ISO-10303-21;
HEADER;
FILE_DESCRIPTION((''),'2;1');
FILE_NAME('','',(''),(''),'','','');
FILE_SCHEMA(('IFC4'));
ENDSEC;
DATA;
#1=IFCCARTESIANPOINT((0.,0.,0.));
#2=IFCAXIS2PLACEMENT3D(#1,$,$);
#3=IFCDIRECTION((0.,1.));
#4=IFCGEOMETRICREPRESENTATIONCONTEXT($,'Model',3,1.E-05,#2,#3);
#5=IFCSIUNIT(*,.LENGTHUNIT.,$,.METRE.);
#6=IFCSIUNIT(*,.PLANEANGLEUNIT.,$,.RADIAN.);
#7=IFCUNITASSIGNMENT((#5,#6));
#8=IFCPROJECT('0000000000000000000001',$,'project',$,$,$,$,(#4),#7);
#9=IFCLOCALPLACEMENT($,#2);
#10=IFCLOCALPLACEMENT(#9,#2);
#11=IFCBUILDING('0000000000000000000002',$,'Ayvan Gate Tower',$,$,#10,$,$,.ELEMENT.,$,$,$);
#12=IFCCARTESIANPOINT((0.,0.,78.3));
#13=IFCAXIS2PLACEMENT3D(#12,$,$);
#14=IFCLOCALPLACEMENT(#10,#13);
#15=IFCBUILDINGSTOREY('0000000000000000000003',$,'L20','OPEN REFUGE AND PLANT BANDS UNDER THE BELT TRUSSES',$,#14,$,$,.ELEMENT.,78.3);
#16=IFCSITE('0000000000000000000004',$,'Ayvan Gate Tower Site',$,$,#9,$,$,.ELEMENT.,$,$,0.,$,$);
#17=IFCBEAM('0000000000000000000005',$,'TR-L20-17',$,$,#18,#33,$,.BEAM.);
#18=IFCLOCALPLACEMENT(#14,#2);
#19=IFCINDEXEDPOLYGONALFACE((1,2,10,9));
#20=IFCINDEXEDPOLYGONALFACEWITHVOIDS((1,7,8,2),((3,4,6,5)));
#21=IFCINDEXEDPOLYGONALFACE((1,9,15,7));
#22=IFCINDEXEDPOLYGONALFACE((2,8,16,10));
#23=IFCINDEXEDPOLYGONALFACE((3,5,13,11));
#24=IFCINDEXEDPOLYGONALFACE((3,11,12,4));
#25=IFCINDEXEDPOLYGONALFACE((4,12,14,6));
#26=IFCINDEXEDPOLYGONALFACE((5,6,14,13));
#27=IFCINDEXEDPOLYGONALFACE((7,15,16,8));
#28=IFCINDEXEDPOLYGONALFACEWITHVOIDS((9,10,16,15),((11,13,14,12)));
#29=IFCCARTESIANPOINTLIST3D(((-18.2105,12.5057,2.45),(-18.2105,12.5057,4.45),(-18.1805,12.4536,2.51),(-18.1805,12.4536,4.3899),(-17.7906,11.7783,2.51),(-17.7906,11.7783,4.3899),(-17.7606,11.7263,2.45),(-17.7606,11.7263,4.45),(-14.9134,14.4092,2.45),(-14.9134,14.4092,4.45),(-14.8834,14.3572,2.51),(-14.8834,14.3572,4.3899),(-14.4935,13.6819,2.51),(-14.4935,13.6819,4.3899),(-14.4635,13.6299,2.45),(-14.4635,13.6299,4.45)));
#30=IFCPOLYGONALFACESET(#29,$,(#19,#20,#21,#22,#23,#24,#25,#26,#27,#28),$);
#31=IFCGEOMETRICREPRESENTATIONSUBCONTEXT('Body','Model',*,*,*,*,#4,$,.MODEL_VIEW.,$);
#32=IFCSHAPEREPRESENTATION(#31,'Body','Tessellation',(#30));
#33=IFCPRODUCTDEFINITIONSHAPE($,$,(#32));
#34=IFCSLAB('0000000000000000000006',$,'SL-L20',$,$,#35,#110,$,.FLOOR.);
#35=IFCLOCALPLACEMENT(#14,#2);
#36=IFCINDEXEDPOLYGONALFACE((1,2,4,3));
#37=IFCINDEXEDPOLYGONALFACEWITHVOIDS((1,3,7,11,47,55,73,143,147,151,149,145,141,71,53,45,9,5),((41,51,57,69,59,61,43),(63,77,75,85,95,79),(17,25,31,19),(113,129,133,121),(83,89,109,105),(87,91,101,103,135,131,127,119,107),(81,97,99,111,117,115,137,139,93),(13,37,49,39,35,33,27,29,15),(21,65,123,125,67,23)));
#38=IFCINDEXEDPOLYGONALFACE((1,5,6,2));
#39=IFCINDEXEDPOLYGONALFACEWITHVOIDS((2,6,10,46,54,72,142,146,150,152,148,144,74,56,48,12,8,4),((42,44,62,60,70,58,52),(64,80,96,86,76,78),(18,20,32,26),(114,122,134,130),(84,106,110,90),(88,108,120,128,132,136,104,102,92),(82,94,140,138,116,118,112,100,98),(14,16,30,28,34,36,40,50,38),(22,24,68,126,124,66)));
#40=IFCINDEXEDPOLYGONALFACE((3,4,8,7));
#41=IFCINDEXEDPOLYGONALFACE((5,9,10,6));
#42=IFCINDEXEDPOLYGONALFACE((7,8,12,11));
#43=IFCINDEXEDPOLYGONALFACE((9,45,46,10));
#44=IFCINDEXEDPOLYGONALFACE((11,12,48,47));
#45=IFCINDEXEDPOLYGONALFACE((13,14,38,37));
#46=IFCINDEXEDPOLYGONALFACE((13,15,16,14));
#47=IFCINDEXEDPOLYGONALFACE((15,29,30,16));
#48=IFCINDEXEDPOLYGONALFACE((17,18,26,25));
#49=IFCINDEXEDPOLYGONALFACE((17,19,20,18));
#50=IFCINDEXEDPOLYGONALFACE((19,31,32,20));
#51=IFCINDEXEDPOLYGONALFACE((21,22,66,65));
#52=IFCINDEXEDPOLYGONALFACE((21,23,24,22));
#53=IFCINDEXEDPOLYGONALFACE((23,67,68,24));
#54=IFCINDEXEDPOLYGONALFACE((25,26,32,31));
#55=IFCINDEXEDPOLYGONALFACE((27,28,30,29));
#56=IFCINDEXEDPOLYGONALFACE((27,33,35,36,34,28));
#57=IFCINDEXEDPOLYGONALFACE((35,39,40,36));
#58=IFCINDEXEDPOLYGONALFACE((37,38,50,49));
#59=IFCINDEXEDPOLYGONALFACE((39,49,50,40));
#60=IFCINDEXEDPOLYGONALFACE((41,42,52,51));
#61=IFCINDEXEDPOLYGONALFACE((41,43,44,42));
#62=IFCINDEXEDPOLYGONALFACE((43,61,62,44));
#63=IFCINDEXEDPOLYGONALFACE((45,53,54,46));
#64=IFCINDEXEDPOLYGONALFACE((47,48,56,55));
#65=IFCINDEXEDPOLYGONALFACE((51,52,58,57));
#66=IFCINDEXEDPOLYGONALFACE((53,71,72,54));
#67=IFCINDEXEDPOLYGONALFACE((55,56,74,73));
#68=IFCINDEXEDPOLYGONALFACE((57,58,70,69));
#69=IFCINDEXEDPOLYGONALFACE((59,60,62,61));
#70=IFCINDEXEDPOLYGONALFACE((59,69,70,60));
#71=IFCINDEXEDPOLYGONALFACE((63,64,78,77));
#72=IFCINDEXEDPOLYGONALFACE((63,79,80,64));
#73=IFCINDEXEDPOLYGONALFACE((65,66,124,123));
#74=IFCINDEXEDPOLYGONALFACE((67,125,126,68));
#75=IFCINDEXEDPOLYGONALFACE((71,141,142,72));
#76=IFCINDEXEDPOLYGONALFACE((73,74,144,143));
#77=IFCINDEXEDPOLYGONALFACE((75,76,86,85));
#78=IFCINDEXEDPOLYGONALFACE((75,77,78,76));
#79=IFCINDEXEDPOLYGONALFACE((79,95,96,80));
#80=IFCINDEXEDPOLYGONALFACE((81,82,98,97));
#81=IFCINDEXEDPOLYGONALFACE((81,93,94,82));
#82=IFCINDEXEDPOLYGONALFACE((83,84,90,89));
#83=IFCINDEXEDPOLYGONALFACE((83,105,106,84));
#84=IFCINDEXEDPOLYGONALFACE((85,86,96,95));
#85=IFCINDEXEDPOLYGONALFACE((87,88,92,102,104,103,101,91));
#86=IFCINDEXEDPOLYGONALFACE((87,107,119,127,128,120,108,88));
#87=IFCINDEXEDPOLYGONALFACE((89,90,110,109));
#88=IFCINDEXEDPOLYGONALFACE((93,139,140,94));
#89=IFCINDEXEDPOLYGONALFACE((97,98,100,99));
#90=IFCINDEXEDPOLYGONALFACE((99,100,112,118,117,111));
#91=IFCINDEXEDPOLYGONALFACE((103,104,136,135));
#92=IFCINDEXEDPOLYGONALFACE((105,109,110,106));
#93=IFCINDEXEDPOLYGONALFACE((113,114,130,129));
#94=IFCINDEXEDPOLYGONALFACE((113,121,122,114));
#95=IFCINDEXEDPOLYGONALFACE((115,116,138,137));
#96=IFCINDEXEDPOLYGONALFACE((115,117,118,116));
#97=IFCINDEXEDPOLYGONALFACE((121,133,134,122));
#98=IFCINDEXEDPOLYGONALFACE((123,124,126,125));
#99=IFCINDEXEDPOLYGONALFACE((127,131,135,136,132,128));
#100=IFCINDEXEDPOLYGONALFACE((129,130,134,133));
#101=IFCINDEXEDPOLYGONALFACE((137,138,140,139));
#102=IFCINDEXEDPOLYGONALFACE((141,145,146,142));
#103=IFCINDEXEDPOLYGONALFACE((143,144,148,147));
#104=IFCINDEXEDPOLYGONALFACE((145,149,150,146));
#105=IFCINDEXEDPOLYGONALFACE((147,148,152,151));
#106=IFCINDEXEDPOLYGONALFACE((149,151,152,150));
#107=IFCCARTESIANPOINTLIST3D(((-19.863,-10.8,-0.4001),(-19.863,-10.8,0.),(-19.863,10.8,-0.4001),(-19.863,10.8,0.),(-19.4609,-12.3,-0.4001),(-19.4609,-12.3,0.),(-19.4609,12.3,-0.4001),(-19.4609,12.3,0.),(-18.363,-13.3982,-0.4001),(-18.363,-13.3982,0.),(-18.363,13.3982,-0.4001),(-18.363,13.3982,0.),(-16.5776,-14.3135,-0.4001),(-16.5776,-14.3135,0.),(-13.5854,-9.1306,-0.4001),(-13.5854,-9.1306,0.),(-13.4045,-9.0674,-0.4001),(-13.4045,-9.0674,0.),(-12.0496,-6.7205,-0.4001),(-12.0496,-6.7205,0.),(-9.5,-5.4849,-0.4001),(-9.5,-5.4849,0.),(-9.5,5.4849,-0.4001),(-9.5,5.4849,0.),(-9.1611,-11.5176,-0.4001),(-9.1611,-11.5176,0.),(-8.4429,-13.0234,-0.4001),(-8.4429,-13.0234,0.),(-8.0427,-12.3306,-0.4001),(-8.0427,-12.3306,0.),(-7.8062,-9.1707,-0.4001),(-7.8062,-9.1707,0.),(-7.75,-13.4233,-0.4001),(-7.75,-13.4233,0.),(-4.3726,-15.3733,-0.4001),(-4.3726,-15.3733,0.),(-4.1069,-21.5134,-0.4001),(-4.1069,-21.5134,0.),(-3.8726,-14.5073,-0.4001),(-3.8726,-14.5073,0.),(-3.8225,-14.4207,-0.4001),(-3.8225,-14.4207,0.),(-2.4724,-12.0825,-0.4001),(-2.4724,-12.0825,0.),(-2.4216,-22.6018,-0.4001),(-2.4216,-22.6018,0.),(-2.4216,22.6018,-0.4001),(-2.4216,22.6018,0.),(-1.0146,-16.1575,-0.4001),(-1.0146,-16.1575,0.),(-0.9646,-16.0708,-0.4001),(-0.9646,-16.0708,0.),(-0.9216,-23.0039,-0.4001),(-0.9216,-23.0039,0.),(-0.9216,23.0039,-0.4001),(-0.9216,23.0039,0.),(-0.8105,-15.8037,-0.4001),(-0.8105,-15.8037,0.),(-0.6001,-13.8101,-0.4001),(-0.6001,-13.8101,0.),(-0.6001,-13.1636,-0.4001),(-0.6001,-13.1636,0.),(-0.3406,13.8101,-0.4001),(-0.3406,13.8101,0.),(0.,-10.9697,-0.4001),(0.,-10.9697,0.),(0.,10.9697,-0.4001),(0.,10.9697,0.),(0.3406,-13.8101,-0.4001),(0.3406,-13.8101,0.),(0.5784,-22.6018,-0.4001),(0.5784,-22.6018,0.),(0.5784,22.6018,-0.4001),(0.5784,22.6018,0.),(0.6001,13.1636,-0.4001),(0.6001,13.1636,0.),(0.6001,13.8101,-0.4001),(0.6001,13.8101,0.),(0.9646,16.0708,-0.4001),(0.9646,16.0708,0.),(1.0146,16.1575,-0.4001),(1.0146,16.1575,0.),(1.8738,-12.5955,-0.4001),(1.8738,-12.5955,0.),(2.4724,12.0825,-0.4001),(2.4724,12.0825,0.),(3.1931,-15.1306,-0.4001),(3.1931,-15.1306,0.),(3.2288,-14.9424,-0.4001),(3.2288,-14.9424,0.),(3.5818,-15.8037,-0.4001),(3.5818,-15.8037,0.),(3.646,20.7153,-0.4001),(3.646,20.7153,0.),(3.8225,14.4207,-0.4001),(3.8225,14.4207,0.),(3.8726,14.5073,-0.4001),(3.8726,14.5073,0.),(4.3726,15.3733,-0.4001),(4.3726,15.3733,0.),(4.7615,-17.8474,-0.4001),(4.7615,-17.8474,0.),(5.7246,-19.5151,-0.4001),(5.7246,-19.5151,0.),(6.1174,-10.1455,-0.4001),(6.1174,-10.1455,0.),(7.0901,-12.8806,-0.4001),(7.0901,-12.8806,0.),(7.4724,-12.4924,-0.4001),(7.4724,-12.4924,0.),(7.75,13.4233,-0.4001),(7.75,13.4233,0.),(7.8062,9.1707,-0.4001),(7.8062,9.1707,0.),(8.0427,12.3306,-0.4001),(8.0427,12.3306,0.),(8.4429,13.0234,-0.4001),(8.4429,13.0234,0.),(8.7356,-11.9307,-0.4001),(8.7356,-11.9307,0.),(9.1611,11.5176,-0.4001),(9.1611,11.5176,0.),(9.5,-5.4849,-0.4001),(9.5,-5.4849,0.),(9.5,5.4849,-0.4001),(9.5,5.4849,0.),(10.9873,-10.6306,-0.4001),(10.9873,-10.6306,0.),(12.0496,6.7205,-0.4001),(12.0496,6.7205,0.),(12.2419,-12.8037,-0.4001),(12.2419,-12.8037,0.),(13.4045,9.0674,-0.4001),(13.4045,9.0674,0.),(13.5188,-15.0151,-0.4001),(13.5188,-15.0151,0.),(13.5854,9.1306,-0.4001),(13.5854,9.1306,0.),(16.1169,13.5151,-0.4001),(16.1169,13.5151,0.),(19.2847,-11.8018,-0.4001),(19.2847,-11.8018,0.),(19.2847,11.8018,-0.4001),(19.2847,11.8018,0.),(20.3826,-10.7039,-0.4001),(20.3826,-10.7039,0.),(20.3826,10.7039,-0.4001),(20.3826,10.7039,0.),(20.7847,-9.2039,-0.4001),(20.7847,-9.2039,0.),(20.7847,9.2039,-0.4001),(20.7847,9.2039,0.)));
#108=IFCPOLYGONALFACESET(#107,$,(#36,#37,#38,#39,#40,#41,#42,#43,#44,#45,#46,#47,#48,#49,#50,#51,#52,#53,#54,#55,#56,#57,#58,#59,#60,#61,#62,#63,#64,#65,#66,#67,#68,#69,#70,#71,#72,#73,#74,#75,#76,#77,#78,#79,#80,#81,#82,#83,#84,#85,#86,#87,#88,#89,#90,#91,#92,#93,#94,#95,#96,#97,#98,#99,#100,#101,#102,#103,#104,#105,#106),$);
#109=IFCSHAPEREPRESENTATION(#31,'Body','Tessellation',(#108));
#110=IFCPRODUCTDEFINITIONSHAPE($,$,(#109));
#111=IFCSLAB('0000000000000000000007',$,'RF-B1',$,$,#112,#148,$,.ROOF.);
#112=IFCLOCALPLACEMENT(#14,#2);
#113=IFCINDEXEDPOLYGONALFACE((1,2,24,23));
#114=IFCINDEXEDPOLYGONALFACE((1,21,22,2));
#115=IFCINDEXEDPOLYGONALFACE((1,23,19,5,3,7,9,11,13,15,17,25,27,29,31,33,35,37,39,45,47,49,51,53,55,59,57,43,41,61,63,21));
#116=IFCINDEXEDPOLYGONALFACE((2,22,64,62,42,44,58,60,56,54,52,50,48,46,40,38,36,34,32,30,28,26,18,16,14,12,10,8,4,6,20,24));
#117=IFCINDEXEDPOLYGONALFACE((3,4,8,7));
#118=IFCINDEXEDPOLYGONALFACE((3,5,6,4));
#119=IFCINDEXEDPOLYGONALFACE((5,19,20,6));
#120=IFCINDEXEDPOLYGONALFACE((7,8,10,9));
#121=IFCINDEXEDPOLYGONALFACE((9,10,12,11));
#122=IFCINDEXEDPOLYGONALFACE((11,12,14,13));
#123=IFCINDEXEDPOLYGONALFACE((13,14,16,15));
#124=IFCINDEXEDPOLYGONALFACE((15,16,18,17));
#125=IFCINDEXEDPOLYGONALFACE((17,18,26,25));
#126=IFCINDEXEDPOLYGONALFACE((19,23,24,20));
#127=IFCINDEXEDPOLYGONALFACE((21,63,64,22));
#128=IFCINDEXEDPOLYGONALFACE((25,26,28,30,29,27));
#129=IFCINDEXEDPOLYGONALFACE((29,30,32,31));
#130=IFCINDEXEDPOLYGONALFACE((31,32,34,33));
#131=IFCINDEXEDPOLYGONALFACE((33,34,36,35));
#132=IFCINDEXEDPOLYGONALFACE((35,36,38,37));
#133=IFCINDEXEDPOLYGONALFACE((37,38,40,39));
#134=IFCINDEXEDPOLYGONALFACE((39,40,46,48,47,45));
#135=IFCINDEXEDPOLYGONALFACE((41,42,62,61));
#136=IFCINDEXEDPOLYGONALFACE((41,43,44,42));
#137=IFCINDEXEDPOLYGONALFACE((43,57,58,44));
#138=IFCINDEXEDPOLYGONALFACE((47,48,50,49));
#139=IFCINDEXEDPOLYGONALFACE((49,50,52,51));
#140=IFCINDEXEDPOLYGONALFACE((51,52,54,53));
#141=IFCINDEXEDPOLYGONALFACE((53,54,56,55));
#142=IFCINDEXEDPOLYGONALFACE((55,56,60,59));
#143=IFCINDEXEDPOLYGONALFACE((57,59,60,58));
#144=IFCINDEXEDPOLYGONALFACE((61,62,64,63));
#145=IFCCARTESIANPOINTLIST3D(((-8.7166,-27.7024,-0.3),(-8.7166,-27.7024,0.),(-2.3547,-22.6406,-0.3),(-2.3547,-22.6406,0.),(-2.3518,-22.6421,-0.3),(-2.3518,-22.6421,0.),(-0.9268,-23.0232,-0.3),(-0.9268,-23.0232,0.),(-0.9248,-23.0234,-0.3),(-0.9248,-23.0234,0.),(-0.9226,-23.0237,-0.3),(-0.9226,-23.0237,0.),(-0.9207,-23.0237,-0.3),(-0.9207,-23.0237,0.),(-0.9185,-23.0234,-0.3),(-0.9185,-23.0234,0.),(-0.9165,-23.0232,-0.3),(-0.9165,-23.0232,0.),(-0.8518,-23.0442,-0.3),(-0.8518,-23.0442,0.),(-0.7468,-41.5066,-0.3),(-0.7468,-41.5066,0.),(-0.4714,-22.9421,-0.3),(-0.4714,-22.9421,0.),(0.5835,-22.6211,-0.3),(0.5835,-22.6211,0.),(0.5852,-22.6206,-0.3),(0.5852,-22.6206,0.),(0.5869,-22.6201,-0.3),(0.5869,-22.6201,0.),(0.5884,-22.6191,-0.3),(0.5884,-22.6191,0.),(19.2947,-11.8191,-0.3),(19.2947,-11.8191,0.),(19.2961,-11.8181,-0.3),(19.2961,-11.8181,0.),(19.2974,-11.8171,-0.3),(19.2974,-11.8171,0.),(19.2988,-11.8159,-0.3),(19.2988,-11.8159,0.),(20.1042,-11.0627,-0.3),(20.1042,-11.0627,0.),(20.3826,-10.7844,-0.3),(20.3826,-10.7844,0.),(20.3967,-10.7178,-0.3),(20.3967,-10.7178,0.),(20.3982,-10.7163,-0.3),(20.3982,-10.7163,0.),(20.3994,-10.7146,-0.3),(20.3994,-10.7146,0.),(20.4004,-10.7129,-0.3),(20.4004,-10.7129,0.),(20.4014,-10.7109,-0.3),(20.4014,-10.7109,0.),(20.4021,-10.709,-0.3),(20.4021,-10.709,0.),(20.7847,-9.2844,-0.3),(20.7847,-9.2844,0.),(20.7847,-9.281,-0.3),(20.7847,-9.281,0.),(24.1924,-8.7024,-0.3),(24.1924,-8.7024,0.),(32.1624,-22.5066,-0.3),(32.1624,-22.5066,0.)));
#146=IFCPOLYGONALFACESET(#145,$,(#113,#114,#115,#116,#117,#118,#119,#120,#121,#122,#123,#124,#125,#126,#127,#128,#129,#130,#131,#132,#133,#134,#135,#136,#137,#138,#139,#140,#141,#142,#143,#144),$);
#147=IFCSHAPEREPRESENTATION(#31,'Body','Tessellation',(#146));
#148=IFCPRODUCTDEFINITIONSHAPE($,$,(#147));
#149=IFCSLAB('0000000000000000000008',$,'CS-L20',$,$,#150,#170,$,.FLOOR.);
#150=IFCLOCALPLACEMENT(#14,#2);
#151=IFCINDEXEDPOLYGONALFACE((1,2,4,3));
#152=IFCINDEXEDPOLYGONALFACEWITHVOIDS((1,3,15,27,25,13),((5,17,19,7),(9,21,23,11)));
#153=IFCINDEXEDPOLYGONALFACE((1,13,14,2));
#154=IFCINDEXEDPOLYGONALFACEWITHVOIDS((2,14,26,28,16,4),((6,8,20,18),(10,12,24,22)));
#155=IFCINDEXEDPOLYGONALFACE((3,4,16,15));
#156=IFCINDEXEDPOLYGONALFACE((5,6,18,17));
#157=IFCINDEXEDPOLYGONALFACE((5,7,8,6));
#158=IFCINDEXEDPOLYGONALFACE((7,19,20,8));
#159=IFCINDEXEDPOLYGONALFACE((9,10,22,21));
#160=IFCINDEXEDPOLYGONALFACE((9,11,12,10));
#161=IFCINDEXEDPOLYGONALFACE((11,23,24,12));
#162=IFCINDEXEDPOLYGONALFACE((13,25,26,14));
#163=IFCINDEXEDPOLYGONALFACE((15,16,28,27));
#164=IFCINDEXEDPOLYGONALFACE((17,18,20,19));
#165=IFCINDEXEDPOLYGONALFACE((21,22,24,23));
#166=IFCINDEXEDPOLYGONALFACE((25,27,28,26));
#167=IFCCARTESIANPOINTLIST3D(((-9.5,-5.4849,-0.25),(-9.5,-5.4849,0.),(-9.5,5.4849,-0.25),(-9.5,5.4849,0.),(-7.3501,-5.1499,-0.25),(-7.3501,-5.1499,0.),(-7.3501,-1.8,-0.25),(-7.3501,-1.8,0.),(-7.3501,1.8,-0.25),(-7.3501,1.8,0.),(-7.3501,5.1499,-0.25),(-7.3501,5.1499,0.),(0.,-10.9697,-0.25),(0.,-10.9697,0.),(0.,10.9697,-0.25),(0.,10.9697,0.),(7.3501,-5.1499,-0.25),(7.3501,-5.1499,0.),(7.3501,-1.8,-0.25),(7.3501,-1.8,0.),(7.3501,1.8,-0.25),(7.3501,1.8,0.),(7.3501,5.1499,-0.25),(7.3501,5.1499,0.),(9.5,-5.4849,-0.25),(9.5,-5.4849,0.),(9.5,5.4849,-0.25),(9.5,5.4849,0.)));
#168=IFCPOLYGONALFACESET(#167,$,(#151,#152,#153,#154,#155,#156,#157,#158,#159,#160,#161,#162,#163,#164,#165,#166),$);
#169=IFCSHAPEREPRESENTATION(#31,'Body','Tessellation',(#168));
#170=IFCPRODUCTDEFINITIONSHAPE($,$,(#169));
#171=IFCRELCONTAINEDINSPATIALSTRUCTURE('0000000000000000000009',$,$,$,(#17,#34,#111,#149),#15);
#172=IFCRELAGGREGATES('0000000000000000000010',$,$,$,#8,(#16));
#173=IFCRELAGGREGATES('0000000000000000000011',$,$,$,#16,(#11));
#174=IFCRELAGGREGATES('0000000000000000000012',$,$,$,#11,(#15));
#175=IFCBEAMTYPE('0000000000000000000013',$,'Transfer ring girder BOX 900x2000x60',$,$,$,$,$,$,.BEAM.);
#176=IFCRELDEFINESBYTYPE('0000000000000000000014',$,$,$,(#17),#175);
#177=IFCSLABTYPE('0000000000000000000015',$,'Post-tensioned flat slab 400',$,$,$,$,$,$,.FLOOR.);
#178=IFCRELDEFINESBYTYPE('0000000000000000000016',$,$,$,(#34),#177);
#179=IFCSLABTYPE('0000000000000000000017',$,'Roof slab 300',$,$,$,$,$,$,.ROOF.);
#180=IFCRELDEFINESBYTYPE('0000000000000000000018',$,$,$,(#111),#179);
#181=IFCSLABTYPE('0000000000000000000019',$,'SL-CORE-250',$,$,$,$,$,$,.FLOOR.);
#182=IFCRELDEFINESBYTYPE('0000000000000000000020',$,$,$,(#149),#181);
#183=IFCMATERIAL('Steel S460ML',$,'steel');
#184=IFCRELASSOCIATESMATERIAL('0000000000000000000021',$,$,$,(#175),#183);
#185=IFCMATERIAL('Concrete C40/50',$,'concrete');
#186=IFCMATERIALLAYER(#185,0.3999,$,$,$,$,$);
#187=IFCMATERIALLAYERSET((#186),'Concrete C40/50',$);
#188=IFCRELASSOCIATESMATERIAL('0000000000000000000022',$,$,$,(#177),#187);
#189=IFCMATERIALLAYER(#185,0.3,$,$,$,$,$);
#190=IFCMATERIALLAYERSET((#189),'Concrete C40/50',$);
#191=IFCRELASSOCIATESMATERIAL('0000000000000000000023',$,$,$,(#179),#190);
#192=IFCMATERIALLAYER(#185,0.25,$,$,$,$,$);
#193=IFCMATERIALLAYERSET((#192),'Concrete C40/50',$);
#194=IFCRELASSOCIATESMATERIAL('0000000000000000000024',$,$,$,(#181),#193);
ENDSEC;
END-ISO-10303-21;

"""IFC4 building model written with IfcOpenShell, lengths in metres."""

from ifc_helpers import new_model, si_unit, direction, frame, origin, origin_2d, place, context, subcontext, project, spatial, polyline, hollow_rectangle, outline, extrude, material, layer, layer_set, material_profile, profile_set, type_object, element, save


model = new_model("IFC4")

# Units and contexts
model_context = context("Model", 3, precision=1e-05, world=origin(), true_north=direction((0.0, 1.0)))
body_context = subcontext(model_context, "Body", "Model", "MODEL_VIEW")
ifc_project = project(units=[si_unit("LENGTHUNIT", "METRE"), si_unit("PLANEANGLEUNIT", "RADIAN")], contexts=[model_context])

# Site, building, storey
site_placement = place(None, origin())
site = spatial("IfcSite", under=ifc_project, at=site_placement, Name="Ayvan Gate Tower Site", CompositionType="ELEMENT", RefElevation=0.0)
building_placement = place(site_placement, origin())
building = spatial("IfcBuilding", under=site, at=building_placement, Name="Ayvan Gate Tower", CompositionType="ELEMENT")
storey_placement = place(building_placement, frame((0.0, 0.0, 78.3)))
storey = spatial("IfcBuildingStorey", under=building, at=storey_placement, Name="L20", Description="OPEN REFUGE AND PLANT BANDS UNDER THE BELT TRUSSES", CompositionType="ELEMENT", Elevation=78.3)

# Beam
ifc_material_1 = material(Name="Steel S460ML", Category="steel")
ifc_material_profile = material_profile(ifc_material_1, hollow_rectangle(XDim=0.8999, YDim=2.0, WallThickness=0.0601, at=origin_2d()), Name="BOX 900x2000x60")
ifc_profile_set = profile_set([ifc_material_profile], Name="Steel S460ML")
beam_type = type_object("IfcBeamType", Name="Transfer ring girder BOX 900x2000x60", PredefinedType="BEAM", material=ifc_profile_set)
beam_placement = place(storey_placement, frame((-14.6885, 14.0195, 3.45), z_axis=(-0.866029, -0.499994, 0.0), x_axis=(0.499994, -0.866029, 0.0)))
element("IfcBeam", 1, at=beam_placement, inside=storey, type_object=beam_type, Name="TR-L20-17", PredefinedType="BEAM", context=body_context, shape_type="SweptSolid", body=[
    extrude(hollow_rectangle(XDim=0.8999, YDim=2.0, WallThickness=0.0601, at=origin_2d()), origin(), (0.0, 0.0, 1.0), 3.8071),
])

# Slabs
ifc_material_2 = material(Name="Concrete C40/50", Category="concrete")
ifc_layer_1 = layer(ifc_material_2, 0.3999)
ifc_layer_set_1 = layer_set([ifc_layer_1], Name="Concrete C40/50")
slab_type_1 = type_object("IfcSlabType", Name="Post-tensioned flat slab 400", PredefinedType="FLOOR", material=ifc_layer_set_1)
slab_1_placement = place(storey_placement, frame((0.0, 0.0, -0.4001)))
element("IfcSlab", 2, at=slab_1_placement, inside=storey, type_object=slab_type_1, Name="SL-L20", PredefinedType="FLOOR", context=body_context, shape_type="SweptSolid", body=[
    extrude(outline(polyline([(-18.363, -13.3982), (-19.4609, -12.3), (-19.863, -10.8), (-19.863, 10.8), (-19.4609, 12.3), (-18.363, 13.3982), (-2.4216, 22.6018), (-0.9216, 23.0039), (0.5784, 22.6018), (19.2847, 11.8018), (20.3826, 10.7039), (20.7847, 9.2039), (20.7847, -9.2039), (20.3826, -10.7039), (19.2847, -11.8018), (0.5784, -22.6018), (-0.9216, -23.0039), (-2.4216, -22.6018), (-18.363, -13.3982)]), holes=[polyline([(8.4429, 13.0234), (8.0427, 12.3306), (13.5854, 9.1306), (16.1169, 13.5151), (3.646, 20.7153), (1.0146, 16.1575), (3.8726, 14.5073), (4.3726, 15.3733), (7.75, 13.4233), (8.4429, 13.0234)]), polyline([(3.1931, -15.1306), (3.5818, -15.8037), (4.7615, -17.8474), (5.7246, -19.5151), (13.5188, -15.0151), (12.2419, -12.8037), (10.9873, -10.6306), (8.7356, -11.9307), (7.0901, -12.8806), (3.1931, -15.1306)]), polyline([(7.8062, 9.1707), (12.0496, 6.7205), (13.4045, 9.0674), (9.1611, 11.5176), (7.8062, 9.1707)]), polyline([(-9.5, -5.4849), (0.0, -10.9697), (9.5, -5.4849), (9.5, 5.4849), (0.0, 10.9697), (-9.5, 5.4849), (-9.5, -5.4849)]), polyline([(6.1174, -10.1455), (1.8738, -12.5955), (3.2288, -14.9424), (7.4724, -12.4924), (6.1174, -10.1455)]), polyline([(0.9646, 16.0708), (-0.3406, 13.8101), (0.6001, 13.8101), (0.6001, 13.1636), (2.4724, 12.0825), (3.8225, 14.4207), (0.9646, 16.0708)]), polyline([(-0.6001, -13.1636), (-2.4724, -12.0825), (-3.8225, -14.4207), (-0.9646, -16.0708), (-0.8105, -15.8037), (0.3406, -13.8101), (-0.6001, -13.8101), (-0.6001, -13.1636)]), polyline([(-16.5776, -14.3135), (-4.1069, -21.5134), (-1.0146, -16.1575), (-3.8726, -14.5073), (-4.3726, -15.3733), (-7.75, -13.4233), (-8.4429, -13.0234), (-8.0427, -12.3306), (-13.5854, -9.1306), (-16.5776, -14.3135)]), polyline([(-13.4045, -9.0674), (-9.1611, -11.5176), (-7.8062, -9.1707), (-12.0496, -6.7205), (-13.4045, -9.0674)])]), origin(), (0.0, 0.0, 1.0), 0.4001),
])
ifc_layer_2 = layer(ifc_material_2, 0.3)
ifc_layer_set_2 = layer_set([ifc_layer_2], Name="Concrete C40/50")
slab_type_2 = type_object("IfcSlabType", Name="Roof slab 300", PredefinedType="ROOF", material=ifc_layer_set_2)
slab_2_placement = place(storey_placement, frame((0.0, 0.0, -0.3)))
element("IfcSlab", 3, at=slab_2_placement, inside=storey, type_object=slab_type_2, Name="RF-B1", PredefinedType="ROOF", context=body_context, shape_type="SweptSolid", body=[
    extrude(outline(polyline([(32.1624, -22.5066), (-0.7468, -41.5066), (-8.7166, -27.7024), (-0.4714, -22.9421), (-0.8518, -23.0442), (-2.3518, -22.6421), (-2.3547, -22.6406), (-0.9268, -23.0232), (-0.9248, -23.0234), (-0.9226, -23.0237), (-0.9207, -23.0237), (-0.9185, -23.0234), (-0.9165, -23.0232), (0.5835, -22.6211), (0.5852, -22.6206), (0.5869, -22.6201), (0.5884, -22.6191), (19.2947, -11.8191), (19.2961, -11.8181), (19.2974, -11.8171), (19.2988, -11.8159), (20.3967, -10.7178), (20.3982, -10.7163), (20.3994, -10.7146), (20.4004, -10.7129), (20.4014, -10.7109), (20.4021, -10.709), (20.7847, -9.281), (20.7847, -9.2844), (20.3826, -10.7844), (20.1042, -11.0627), (24.1924, -8.7024), (32.1624, -22.5066)])), origin(), (0.0, 0.0, 1.0), 0.3),
])
ifc_layer_3 = layer(ifc_material_2, 0.25)
ifc_layer_set_3 = layer_set([ifc_layer_3], Name="Concrete C40/50")
slab_type_3 = type_object("IfcSlabType", Name="SL-CORE-250", PredefinedType="FLOOR", material=ifc_layer_set_3)
slab_3_placement = place(storey_placement, frame((0.0, 0.0, -0.25)))
element("IfcSlab", 4, at=slab_3_placement, inside=storey, type_object=slab_type_3, Name="CS-L20", PredefinedType="FLOOR", context=body_context, shape_type="SweptSolid", body=[
    extrude(outline(polyline([(9.5, -5.4849), (0.0, -10.9697), (-9.5, -5.4849), (-9.5, 5.4849), (0.0, 10.9697), (9.5, 5.4849), (9.5, -5.4849)]), holes=[polyline([(-7.3501, -1.8), (-7.3501, -5.1499), (7.3501, -5.1499), (7.3501, -1.8), (-7.3501, -1.8)]), polyline([(-7.3501, 5.1499), (-7.3501, 1.8), (7.3501, 1.8), (7.3501, 5.1499), (-7.3501, 5.1499)])]), origin(), (0.0, 0.0, 1.0), 0.25),
])

save(model, "model.ifc")
